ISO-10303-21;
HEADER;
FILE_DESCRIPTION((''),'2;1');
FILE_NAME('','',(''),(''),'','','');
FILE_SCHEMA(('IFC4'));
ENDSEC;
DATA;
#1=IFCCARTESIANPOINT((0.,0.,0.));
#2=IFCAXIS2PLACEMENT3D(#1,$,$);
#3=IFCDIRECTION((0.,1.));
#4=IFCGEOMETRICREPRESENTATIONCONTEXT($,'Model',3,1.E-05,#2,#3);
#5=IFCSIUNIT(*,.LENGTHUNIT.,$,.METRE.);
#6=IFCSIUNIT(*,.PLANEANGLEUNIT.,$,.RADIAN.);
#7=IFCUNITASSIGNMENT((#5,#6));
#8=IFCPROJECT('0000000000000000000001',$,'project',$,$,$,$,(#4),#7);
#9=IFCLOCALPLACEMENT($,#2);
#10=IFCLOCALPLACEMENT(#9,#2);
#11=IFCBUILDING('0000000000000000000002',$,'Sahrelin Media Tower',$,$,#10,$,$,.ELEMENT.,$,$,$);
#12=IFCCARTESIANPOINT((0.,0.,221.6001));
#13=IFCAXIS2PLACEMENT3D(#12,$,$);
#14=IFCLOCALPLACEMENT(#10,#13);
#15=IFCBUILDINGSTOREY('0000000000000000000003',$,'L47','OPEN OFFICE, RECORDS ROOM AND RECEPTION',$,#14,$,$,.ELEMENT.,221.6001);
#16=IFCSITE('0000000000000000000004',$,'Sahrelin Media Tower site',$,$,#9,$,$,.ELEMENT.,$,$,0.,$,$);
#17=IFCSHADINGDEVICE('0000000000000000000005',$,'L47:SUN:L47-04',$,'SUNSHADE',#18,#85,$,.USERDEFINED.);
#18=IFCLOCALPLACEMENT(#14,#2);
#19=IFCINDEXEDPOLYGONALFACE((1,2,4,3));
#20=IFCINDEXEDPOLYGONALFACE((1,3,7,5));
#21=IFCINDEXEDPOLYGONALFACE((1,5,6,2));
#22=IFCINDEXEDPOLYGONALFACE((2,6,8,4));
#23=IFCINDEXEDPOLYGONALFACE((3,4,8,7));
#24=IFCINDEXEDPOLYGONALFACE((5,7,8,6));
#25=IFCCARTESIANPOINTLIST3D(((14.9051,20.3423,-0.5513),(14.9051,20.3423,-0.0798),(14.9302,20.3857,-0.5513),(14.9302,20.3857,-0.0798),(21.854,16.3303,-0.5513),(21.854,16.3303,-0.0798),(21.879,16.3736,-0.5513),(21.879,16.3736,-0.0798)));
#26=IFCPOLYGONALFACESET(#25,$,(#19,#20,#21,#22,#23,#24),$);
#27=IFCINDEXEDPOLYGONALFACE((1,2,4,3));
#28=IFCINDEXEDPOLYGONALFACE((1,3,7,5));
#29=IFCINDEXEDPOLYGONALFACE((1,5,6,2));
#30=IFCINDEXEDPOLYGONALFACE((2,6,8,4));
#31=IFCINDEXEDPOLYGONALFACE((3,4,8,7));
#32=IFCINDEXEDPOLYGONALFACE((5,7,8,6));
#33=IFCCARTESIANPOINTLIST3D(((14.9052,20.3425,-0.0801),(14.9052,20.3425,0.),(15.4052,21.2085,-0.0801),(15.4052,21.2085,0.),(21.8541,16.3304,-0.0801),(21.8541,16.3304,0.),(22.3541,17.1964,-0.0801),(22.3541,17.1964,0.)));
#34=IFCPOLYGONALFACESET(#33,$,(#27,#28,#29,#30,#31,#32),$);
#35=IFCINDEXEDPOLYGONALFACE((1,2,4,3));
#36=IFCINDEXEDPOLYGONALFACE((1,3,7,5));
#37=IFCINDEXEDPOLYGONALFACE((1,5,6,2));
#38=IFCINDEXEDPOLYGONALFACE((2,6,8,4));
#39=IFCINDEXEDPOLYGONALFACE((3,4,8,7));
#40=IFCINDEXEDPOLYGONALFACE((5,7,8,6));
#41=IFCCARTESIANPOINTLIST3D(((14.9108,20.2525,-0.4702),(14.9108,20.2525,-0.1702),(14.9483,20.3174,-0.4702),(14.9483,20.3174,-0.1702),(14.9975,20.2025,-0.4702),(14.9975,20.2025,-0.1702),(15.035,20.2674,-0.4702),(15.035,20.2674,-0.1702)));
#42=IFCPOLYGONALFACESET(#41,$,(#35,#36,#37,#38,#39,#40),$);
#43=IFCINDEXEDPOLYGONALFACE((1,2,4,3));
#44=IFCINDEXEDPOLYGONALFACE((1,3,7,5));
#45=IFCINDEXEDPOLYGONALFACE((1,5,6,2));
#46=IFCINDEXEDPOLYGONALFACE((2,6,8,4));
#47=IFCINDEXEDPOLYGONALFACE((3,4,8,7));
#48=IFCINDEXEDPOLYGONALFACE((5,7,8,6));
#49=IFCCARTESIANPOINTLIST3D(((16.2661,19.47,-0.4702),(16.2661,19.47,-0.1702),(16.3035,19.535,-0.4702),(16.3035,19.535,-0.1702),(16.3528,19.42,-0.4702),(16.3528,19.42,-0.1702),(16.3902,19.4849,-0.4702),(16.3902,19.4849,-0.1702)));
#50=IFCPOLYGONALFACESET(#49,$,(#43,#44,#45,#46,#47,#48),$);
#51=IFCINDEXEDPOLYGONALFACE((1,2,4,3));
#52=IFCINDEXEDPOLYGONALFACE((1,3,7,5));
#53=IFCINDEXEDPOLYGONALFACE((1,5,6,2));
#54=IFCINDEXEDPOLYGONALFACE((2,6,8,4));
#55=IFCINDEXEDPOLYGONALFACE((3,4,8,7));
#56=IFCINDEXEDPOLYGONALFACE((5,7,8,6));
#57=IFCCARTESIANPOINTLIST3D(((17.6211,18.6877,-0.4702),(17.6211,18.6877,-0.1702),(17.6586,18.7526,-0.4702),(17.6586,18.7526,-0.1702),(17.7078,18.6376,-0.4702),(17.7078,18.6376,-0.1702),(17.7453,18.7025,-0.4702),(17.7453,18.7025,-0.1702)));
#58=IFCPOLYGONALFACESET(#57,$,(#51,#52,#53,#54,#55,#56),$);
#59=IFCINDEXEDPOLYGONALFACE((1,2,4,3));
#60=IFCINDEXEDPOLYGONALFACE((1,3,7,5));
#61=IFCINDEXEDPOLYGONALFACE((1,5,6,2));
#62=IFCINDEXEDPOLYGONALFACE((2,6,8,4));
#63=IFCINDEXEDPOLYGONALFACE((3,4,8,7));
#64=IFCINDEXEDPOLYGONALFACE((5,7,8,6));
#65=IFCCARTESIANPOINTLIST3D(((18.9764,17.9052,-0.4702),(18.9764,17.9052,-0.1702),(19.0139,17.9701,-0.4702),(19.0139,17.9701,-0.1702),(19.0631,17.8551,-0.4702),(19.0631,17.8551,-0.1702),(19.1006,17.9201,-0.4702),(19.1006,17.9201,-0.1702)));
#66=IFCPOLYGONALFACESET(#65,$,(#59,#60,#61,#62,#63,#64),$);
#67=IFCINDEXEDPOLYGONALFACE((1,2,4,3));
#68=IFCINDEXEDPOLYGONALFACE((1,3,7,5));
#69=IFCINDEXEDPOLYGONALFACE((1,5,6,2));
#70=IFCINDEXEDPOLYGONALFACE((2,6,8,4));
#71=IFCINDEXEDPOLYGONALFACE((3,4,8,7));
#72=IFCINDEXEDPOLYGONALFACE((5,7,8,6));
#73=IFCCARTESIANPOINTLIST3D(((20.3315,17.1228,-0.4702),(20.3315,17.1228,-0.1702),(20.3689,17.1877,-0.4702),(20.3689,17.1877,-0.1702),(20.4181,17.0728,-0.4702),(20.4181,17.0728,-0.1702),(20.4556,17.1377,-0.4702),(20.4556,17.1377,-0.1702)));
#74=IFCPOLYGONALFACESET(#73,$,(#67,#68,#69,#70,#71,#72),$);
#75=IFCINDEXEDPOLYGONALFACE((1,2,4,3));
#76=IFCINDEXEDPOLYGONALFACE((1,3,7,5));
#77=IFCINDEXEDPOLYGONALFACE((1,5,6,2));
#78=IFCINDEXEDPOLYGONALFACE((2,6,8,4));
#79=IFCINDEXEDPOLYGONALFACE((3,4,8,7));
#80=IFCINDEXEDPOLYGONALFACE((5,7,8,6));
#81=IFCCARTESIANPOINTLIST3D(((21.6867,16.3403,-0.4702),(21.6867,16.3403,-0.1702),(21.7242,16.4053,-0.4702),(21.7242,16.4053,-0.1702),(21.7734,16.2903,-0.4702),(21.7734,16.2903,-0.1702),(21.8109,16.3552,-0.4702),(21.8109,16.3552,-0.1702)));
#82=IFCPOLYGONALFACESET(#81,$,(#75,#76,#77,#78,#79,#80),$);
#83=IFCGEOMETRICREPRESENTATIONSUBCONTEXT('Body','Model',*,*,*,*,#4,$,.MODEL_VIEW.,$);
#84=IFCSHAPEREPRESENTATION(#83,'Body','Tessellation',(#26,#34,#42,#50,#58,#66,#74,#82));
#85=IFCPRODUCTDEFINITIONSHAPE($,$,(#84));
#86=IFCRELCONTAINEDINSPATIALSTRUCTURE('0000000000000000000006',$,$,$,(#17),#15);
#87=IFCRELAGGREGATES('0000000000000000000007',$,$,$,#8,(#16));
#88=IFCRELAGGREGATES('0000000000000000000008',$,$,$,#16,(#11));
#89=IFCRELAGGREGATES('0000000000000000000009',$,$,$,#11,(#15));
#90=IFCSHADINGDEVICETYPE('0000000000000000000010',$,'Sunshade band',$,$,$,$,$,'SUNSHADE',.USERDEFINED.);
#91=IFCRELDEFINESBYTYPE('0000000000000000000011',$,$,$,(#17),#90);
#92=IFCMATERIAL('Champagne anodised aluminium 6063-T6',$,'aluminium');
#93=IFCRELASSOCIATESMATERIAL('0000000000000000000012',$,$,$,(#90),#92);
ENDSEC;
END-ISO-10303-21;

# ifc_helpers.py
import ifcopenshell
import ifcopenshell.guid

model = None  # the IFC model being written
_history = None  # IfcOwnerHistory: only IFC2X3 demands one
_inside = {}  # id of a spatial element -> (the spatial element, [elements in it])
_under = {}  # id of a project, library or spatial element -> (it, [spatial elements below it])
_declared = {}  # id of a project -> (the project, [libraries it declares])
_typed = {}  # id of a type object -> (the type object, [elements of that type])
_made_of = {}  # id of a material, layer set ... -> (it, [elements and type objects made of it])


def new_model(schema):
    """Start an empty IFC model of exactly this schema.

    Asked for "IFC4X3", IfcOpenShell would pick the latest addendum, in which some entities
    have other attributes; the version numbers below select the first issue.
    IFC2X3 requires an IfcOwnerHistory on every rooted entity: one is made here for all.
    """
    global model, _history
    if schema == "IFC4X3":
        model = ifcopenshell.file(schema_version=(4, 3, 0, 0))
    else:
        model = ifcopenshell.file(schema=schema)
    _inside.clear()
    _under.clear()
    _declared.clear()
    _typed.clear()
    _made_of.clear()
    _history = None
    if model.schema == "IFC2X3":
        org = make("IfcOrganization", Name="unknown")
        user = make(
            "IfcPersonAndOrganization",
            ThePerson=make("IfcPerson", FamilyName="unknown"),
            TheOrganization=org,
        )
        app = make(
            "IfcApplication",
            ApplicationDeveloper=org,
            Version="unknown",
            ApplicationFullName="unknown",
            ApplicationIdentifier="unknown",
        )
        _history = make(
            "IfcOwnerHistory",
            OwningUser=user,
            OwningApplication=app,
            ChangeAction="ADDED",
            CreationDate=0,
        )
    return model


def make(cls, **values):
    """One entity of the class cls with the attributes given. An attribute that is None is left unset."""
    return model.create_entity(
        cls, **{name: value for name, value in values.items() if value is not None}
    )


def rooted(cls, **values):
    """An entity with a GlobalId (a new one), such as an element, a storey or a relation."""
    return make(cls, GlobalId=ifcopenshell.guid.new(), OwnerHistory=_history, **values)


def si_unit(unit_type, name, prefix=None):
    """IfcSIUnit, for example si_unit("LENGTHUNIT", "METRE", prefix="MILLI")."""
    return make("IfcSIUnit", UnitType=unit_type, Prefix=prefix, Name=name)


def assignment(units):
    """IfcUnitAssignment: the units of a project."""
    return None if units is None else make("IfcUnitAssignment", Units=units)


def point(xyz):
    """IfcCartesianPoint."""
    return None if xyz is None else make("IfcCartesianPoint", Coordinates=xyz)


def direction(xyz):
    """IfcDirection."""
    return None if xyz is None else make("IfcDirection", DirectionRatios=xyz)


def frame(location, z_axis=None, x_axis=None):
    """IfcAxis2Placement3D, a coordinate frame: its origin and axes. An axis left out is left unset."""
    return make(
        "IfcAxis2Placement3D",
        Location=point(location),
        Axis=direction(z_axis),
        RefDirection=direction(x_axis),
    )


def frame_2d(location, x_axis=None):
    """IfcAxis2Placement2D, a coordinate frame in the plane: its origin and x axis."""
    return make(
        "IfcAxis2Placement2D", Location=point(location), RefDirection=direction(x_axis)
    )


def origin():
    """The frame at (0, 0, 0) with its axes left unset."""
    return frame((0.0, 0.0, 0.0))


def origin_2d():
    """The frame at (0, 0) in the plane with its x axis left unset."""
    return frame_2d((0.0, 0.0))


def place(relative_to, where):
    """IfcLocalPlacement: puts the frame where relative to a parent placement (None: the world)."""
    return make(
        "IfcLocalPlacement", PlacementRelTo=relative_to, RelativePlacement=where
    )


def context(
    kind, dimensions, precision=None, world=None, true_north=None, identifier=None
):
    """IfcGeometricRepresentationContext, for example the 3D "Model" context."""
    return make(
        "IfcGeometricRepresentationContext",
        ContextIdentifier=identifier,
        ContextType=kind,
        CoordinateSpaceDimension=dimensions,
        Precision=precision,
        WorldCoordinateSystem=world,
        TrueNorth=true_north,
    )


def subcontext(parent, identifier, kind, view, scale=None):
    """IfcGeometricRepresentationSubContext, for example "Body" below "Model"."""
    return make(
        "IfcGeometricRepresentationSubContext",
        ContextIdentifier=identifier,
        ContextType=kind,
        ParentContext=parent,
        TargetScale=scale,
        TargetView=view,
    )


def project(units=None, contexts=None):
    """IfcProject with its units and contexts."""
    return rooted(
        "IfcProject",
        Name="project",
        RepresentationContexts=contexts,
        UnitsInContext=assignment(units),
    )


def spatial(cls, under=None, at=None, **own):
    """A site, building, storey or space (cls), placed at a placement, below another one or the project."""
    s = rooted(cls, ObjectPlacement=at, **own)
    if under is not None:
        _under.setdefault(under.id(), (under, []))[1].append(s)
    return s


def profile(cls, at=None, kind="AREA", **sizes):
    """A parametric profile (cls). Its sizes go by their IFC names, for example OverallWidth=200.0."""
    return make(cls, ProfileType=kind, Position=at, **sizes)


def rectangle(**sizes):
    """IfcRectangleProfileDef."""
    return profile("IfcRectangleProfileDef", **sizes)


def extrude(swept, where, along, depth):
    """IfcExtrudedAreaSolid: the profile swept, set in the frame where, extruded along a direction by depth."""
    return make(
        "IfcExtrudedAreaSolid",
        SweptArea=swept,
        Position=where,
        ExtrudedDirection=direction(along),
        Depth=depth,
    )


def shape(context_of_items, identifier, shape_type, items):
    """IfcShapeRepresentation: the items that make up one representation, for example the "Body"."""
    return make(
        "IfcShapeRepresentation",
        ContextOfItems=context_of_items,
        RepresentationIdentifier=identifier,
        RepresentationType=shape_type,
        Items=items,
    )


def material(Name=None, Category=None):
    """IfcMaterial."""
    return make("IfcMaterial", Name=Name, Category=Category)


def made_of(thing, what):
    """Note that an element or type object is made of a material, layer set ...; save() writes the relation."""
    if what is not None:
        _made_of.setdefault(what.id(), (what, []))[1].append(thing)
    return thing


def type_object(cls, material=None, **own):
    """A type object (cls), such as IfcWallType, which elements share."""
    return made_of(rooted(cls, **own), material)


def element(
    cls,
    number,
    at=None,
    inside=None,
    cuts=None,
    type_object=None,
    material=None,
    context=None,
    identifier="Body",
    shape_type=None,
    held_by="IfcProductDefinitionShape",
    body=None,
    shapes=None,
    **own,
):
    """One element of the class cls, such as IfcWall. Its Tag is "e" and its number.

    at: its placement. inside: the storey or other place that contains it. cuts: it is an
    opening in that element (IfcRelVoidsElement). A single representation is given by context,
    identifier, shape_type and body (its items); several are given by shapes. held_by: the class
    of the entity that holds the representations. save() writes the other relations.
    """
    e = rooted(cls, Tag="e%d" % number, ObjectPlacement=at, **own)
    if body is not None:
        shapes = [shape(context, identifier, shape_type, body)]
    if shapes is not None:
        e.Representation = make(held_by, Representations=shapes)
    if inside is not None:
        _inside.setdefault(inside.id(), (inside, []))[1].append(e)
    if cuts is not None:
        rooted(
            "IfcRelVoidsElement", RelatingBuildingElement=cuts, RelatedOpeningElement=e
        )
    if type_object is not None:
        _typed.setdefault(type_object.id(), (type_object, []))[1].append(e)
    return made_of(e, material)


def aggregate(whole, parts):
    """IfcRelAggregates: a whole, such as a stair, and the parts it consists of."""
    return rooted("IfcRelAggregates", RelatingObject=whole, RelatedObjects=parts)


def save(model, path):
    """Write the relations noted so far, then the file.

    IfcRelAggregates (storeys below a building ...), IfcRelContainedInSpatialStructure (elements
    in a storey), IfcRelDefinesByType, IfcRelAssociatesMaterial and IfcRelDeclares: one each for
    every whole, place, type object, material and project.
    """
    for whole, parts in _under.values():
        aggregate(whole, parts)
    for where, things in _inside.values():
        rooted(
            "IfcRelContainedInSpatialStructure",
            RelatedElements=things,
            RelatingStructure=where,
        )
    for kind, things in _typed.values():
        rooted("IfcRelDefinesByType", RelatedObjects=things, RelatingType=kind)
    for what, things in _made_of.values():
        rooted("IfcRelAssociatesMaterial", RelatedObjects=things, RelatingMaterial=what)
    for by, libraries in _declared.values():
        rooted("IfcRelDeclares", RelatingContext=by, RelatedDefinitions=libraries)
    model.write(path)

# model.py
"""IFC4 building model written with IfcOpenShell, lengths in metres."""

from ifc_helpers import new_model, si_unit, direction, frame, origin, origin_2d, place, context, subcontext, project, spatial, rectangle, extrude, material, type_object, element, save


model = new_model("IFC4")

# Units and contexts
model_context = context("Model", 3, precision=1e-05, world=origin(), true_north=direction((0.0, 1.0)))
body_context = subcontext(model_context, "Body", "Model", "MODEL_VIEW")
ifc_project = project(units=[si_unit("LENGTHUNIT", "METRE"), si_unit("PLANEANGLEUNIT", "RADIAN")], contexts=[model_context])

# Site, building, storey
site_placement = place(None, origin())
site = spatial("IfcSite", under=ifc_project, at=site_placement, Name="Sahrelin Media Tower site", CompositionType="ELEMENT", RefElevation=0.0)
building_placement = place(site_placement, origin())
building = spatial("IfcBuilding", under=site, at=building_placement, Name="Sahrelin Media Tower", CompositionType="ELEMENT")
storey_placement = place(building_placement, frame((0.0, 0.0, 221.6001)))
storey = spatial("IfcBuildingStorey", under=building, at=storey_placement, Name="L47", Description="OPEN OFFICE, RECORDS ROOM AND RECEPTION", CompositionType="ELEMENT", Elevation=221.6001)

# Shared definitions
ifc_material_1 = material(Name="Champagne anodised aluminium 6063-T6", Category="aluminium")

# Shading device
placement_1 = place(storey_placement, frame((18.3696, 18.3191, 0.0), z_axis=(0.0, 0.0, 1.0), x_axis=(0.866019, -0.500011, 0.0)))
shading_device_type_1 = type_object("IfcShadingDeviceType", Name="Sunshade band", ElementType="SUNSHADE", PredefinedType="USERDEFINED", material=ifc_material_1)
element("IfcShadingDevice", 1, at=placement_1, inside=storey, type_object=shading_device_type_1, Name="L47:SUN:L47-04", ObjectType="SUNSHADE", PredefinedType="USERDEFINED", context=body_context, shape_type="SweptSolid", body=[
    extrude(rectangle(XDim=8.0239, YDim=0.05, at=origin_2d()), frame((0.0, 0.0449, -0.5513)), (0.0, 0.0, 1.0), 0.4714),
    extrude(rectangle(XDim=8.0239, YDim=1.0, at=origin_2d()), frame((0.0, 0.52, -0.0801)), (0.0, 0.0, 1.0), 0.0801),
    extrude(rectangle(XDim=0.1001, YDim=0.075, at=origin_2d()), frame((-3.9121, -0.0176, -0.4702)), (0.0, 0.0, 1.0), 0.3),
    extrude(rectangle(XDim=0.1001, YDim=0.075, at=origin_2d()), frame((-2.3472, -0.0176, -0.4702)), (0.0, 0.0, 1.0), 0.3),
    extrude(rectangle(XDim=0.1001, YDim=0.075, at=origin_2d()), frame((-0.7825, -0.0176, -0.4702)), (0.0, 0.0, 1.0), 0.3),
    extrude(rectangle(XDim=0.1001, YDim=0.075, at=origin_2d()), frame((0.7825, -0.0176, -0.4702)), (0.0, 0.0, 1.0), 0.3),
    extrude(rectangle(XDim=0.1001, YDim=0.075, at=origin_2d()), frame((2.3472, -0.0176, -0.4702)), (0.0, 0.0, 1.0), 0.3),
    extrude(rectangle(XDim=0.1001, YDim=0.075, at=origin_2d()), frame((3.9121, -0.0176, -0.4702)), (0.0, 0.0, 1.0), 0.3),
])

save(model, "model.ifc")
